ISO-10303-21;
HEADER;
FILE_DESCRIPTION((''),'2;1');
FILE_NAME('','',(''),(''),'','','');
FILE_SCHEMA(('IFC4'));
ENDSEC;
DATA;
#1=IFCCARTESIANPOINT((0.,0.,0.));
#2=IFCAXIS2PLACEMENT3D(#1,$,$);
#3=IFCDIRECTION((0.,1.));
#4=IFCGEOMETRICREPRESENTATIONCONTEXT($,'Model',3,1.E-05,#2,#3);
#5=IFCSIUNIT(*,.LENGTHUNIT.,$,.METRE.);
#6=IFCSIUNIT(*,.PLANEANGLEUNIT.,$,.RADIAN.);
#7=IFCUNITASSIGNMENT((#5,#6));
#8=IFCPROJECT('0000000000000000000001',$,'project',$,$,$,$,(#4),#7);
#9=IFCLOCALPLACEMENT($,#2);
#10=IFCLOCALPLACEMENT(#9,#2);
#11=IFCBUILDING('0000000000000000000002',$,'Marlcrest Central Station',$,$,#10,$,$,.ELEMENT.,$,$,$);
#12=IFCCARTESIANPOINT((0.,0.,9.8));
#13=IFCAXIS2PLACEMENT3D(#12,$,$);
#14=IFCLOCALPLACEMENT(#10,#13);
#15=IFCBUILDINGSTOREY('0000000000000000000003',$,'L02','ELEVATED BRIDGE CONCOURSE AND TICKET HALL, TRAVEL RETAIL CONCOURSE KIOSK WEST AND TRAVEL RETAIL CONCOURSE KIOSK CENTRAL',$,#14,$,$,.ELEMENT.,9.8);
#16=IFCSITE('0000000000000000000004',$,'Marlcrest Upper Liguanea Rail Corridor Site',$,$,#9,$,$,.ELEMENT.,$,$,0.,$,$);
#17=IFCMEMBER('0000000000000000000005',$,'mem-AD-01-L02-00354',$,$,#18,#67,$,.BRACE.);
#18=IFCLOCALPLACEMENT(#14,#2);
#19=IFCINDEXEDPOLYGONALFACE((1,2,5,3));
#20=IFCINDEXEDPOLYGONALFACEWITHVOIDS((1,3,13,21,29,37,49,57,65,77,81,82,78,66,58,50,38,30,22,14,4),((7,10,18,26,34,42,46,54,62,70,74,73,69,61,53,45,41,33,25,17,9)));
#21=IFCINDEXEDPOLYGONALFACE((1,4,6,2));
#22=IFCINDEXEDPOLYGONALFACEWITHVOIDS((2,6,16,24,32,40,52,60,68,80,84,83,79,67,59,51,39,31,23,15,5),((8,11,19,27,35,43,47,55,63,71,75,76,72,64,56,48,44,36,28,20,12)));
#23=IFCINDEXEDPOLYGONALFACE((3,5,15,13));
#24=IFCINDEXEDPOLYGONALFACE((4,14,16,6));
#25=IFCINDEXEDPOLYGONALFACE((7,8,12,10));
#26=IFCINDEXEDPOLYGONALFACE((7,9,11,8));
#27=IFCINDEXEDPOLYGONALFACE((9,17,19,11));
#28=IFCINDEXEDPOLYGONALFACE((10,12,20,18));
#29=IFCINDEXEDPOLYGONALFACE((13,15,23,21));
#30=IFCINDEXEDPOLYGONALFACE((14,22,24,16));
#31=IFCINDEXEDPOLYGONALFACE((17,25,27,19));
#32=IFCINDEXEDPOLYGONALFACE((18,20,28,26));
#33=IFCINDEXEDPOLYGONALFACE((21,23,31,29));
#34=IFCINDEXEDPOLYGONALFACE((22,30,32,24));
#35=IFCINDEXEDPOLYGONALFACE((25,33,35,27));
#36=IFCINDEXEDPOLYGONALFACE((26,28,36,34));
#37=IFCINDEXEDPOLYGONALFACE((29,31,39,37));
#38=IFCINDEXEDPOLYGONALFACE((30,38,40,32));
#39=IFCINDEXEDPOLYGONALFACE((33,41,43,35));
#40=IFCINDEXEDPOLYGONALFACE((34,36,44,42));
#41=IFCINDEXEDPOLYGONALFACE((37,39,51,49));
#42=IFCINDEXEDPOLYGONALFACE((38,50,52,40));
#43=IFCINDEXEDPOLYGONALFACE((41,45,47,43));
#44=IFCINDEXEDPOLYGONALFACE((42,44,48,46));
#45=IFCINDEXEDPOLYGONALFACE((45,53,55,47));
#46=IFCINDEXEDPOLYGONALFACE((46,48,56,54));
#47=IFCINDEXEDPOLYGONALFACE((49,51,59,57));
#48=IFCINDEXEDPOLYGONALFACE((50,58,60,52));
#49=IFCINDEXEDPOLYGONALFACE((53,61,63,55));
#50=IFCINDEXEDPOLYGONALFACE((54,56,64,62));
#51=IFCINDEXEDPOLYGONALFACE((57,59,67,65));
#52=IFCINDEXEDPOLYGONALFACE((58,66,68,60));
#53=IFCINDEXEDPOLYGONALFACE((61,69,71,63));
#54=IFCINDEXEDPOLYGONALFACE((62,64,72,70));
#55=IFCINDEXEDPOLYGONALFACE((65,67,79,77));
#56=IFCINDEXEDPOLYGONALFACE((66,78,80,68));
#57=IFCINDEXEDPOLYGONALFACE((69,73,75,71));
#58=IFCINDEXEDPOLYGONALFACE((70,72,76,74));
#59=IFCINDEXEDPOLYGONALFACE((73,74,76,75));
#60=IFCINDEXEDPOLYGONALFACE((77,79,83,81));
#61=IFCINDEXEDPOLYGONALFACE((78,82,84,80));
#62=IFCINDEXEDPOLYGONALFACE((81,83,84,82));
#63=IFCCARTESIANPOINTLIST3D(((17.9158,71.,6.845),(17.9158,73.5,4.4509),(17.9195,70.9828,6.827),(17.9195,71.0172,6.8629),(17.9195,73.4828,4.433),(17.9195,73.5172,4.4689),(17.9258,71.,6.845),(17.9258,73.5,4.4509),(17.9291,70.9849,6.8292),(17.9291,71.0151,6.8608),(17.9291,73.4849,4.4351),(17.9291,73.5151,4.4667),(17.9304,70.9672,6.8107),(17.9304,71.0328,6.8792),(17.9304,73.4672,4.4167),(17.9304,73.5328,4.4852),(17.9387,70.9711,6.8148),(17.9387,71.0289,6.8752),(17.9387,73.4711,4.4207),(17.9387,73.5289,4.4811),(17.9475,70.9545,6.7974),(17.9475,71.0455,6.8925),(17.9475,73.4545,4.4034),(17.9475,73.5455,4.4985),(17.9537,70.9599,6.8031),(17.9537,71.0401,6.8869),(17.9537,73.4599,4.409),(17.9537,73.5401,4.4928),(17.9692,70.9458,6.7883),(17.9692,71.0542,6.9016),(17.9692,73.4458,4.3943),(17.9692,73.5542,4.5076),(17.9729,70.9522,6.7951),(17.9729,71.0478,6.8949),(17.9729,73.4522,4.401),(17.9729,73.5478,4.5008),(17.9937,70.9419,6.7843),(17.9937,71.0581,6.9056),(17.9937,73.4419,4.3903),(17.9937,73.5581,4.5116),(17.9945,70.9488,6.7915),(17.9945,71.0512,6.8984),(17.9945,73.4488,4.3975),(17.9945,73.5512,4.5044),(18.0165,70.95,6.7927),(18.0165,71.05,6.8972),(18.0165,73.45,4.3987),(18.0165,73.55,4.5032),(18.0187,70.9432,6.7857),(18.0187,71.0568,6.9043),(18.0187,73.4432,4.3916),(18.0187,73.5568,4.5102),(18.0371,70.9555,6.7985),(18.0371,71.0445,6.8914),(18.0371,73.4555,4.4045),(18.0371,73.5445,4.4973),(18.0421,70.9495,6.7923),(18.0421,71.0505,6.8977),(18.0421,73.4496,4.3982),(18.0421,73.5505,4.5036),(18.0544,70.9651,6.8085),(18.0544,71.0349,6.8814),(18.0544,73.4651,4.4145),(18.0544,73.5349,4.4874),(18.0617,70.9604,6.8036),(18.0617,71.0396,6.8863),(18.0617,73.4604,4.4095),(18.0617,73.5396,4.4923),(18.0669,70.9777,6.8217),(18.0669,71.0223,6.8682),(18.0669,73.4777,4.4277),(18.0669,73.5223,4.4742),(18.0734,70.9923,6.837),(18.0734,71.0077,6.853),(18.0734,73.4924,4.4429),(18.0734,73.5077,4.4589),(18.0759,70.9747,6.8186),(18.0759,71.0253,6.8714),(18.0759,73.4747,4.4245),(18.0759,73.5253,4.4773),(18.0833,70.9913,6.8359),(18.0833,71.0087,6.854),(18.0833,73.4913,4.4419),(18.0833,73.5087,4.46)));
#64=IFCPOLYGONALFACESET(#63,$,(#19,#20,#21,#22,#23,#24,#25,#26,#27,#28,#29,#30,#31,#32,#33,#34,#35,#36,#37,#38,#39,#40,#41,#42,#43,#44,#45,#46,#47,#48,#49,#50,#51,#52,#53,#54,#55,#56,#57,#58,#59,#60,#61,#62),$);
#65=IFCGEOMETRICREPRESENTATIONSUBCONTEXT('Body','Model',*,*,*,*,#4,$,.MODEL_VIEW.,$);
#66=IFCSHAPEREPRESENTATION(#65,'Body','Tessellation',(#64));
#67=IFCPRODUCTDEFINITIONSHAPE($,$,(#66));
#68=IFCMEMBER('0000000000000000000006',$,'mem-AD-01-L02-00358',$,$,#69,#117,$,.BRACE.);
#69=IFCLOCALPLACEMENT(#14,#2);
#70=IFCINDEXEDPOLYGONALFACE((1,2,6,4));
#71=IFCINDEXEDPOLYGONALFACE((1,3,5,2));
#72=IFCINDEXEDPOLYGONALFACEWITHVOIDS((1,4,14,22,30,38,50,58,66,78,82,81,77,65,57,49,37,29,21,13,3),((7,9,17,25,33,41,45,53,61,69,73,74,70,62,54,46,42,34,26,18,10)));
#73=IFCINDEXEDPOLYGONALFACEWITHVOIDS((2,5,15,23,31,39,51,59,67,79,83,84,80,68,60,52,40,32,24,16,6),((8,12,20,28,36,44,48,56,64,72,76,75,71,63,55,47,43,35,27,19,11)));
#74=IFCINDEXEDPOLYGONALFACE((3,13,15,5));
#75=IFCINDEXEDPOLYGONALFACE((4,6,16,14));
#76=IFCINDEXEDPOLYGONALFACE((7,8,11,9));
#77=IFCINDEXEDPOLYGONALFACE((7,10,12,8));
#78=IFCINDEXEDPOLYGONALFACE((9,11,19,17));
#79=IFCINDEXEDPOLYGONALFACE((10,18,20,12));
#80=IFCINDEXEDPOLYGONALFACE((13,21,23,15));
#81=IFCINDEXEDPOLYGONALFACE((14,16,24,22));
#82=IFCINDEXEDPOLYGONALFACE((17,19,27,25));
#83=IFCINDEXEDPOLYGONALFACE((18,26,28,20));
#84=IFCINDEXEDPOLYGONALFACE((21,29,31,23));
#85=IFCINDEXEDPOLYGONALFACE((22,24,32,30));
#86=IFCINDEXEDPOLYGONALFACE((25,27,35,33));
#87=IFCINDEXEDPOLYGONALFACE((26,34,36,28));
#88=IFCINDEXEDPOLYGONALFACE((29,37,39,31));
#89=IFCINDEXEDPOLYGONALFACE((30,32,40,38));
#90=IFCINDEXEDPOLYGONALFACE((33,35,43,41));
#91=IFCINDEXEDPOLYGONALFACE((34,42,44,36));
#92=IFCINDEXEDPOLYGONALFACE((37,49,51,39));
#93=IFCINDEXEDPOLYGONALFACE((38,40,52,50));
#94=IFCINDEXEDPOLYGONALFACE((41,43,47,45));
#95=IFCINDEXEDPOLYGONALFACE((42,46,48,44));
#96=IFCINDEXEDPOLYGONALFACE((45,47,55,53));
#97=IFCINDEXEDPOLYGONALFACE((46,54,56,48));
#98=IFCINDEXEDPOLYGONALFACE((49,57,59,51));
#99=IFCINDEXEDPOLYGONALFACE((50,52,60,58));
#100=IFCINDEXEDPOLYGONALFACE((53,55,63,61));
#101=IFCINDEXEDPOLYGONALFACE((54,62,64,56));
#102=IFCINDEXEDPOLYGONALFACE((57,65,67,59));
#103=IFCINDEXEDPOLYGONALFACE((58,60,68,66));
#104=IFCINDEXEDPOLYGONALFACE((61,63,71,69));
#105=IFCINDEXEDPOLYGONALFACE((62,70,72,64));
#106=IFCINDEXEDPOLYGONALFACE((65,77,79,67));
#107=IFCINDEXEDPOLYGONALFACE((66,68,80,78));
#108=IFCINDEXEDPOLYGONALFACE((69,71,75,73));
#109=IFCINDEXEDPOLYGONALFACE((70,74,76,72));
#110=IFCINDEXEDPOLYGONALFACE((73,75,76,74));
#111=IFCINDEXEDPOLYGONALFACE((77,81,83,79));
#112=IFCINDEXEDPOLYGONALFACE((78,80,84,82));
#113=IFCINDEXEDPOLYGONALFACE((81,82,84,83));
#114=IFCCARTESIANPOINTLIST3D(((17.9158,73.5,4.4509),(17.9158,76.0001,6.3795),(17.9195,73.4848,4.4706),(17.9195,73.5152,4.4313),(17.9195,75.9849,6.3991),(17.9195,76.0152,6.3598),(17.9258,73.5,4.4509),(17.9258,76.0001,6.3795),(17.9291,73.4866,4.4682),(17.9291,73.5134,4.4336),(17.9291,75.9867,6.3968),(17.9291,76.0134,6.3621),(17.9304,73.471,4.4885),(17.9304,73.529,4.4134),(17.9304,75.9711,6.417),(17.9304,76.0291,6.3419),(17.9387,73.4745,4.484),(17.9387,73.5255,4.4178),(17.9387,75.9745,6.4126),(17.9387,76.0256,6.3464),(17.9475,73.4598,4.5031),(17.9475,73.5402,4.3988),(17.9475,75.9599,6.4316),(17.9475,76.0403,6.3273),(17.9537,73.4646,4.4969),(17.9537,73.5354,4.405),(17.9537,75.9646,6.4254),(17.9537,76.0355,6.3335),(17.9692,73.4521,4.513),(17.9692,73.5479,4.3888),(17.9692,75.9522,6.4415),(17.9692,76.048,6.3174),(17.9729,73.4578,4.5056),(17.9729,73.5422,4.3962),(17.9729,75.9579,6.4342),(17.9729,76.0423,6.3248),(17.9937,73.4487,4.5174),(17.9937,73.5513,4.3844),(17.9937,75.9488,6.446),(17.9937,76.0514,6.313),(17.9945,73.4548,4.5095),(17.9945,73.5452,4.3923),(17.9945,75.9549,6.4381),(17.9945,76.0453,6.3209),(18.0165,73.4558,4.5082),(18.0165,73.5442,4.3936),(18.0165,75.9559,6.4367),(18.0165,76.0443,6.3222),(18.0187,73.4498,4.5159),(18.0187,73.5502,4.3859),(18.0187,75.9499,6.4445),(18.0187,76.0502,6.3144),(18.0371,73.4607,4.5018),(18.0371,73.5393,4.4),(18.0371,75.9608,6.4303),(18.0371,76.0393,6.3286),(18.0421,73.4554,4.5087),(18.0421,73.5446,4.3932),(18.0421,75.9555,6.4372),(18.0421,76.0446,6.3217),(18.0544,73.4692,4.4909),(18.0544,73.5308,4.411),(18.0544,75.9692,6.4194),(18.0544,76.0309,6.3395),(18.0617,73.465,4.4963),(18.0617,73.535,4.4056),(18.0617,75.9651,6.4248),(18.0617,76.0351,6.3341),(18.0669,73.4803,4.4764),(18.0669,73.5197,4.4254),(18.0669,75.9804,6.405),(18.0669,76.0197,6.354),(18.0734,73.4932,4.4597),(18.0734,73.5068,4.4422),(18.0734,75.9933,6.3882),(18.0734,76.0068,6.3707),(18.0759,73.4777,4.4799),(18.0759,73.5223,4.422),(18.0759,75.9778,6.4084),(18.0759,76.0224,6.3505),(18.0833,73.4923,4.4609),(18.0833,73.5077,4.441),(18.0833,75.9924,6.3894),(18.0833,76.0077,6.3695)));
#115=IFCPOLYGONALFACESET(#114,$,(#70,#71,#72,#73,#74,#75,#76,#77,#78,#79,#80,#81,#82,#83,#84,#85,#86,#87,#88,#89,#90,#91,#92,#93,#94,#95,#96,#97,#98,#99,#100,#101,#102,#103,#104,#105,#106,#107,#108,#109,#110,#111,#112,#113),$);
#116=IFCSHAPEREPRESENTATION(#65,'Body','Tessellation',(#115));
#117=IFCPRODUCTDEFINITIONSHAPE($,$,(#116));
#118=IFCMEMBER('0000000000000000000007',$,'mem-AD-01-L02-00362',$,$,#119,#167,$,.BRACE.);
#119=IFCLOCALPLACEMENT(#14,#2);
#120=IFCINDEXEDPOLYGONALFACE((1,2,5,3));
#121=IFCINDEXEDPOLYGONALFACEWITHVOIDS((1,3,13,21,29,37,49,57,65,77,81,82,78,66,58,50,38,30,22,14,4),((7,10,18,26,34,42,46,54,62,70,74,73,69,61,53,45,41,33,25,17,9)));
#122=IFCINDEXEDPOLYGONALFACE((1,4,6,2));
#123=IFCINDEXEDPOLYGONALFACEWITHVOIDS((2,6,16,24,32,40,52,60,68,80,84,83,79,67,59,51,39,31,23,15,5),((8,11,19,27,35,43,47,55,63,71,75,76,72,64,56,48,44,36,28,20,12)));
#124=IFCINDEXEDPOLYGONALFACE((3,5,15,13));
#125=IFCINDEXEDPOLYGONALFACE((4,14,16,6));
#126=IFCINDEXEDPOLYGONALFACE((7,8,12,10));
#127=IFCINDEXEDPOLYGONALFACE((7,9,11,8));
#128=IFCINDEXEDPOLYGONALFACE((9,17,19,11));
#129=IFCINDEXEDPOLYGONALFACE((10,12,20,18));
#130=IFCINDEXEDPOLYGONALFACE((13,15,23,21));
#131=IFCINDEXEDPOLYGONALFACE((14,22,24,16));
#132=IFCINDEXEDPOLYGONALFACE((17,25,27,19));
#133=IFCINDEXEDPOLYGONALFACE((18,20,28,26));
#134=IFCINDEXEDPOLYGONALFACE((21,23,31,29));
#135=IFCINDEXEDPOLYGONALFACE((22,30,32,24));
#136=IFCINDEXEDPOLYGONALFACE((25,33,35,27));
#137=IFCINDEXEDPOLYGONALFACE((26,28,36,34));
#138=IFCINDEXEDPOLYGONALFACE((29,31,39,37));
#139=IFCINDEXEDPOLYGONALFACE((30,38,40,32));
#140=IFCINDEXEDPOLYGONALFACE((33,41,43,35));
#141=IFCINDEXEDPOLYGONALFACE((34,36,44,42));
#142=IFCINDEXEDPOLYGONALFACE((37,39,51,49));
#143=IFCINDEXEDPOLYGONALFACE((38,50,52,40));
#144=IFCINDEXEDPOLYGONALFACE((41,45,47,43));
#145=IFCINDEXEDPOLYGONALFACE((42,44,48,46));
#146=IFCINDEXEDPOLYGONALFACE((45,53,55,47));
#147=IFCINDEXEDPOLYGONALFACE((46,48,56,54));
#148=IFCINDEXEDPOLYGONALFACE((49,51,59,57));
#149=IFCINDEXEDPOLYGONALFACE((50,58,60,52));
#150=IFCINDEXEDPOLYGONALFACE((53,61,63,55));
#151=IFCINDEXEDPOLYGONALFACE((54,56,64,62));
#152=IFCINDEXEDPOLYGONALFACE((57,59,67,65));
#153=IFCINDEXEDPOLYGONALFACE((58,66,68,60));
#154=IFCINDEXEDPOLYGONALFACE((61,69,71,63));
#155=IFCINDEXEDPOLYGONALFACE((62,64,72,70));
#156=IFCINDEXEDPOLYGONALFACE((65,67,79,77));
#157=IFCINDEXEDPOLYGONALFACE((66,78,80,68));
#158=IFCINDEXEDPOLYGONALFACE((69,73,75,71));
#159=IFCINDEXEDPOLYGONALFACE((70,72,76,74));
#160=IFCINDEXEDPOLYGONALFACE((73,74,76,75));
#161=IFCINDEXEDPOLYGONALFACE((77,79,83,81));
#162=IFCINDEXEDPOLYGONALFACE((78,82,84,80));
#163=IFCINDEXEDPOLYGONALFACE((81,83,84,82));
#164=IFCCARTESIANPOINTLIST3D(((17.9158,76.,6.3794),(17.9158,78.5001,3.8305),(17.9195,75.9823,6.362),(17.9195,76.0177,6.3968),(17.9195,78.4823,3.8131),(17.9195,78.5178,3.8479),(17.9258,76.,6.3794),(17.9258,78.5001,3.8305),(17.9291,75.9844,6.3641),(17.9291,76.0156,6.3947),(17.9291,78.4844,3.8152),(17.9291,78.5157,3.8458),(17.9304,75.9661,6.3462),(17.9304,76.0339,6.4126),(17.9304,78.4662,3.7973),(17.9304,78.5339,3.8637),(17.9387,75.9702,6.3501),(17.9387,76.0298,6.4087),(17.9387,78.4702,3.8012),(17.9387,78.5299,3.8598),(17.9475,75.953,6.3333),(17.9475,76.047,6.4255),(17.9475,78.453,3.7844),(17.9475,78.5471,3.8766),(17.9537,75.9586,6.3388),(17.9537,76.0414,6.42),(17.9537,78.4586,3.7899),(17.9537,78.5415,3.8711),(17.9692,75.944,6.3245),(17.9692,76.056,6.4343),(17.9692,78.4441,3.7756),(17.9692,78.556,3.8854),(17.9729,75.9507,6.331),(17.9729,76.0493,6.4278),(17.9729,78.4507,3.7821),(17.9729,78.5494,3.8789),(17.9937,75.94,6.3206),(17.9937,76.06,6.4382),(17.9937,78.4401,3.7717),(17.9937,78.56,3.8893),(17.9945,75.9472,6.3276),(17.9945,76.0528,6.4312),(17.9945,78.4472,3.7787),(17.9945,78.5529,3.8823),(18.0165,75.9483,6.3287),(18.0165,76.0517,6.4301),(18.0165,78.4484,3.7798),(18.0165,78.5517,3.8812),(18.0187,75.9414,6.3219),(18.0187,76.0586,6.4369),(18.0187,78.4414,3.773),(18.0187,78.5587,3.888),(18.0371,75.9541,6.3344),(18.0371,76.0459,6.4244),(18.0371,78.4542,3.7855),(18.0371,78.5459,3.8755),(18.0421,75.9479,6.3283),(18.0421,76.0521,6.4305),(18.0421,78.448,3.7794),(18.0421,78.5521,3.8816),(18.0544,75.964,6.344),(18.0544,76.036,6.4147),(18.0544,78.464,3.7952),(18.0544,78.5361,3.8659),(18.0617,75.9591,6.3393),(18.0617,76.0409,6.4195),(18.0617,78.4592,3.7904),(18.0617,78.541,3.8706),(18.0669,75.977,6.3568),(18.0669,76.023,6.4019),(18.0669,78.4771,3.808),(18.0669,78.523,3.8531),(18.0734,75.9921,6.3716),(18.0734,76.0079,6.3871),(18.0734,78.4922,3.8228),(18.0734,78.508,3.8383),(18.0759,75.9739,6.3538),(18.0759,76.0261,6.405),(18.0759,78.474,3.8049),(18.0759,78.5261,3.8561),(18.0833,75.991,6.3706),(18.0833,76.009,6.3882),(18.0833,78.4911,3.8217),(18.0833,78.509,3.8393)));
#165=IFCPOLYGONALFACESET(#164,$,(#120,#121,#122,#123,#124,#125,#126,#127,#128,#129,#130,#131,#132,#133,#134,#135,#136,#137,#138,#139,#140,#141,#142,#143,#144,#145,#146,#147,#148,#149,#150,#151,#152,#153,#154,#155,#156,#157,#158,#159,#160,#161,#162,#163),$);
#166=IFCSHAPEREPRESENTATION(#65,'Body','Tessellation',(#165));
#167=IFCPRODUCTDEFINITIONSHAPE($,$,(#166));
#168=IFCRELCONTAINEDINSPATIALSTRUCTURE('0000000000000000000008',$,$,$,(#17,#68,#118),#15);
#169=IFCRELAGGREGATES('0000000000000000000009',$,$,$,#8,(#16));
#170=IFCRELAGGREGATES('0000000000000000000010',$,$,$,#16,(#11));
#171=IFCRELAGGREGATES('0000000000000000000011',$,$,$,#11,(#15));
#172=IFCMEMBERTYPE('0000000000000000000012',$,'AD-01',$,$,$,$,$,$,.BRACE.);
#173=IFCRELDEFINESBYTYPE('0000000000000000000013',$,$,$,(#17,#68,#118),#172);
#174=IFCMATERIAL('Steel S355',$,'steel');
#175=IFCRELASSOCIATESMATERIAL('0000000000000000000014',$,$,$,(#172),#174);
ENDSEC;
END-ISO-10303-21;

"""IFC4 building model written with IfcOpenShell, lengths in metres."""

from ifc_helpers import new_model, si_unit, direction, frame, origin, origin_2d, place, context, subcontext, project, spatial, hollow_circle, extrude, material, material_profile, profile_set, type_object, element, save


model = new_model("IFC4")

# Units and contexts
model_context = context("Model", 3, precision=1e-05, world=origin(), true_north=direction((0.0, 1.0)))
body_context = subcontext(model_context, "Body", "Model", "MODEL_VIEW")
ifc_project = project(units=[si_unit("LENGTHUNIT", "METRE"), si_unit("PLANEANGLEUNIT", "RADIAN")], contexts=[model_context])

# Site, building, storey
site_placement = place(None, origin())
site = spatial("IfcSite", under=ifc_project, at=site_placement, Name="Marlcrest Upper Liguanea Rail Corridor Site", CompositionType="ELEMENT", RefElevation=0.0)
building_placement = place(site_placement, origin())
building = spatial("IfcBuilding", under=site, at=building_placement, Name="Marlcrest Central Station", CompositionType="ELEMENT")
storey_placement = place(building_placement, frame((0.0, 0.0, 9.8)))
storey = spatial("IfcBuildingStorey", under=building, at=storey_placement, Name="L02", Description="ELEVATED BRIDGE CONCOURSE AND TICKET HALL, TRAVEL RETAIL CONCOURSE KIOSK WEST AND TRAVEL RETAIL CONCOURSE KIOSK CENTRAL", CompositionType="ELEMENT", Elevation=9.8)

# Members
ifc_material = material(Name="Steel S355", Category="steel")
ifc_material_profile_1 = material_profile(ifc_material, hollow_circle(Radius=0.0842, WallThickness=0.01, at=origin_2d()), Name="CHS 168.3x10")
ifc_profile_set_1 = profile_set([ifc_material_profile_1], Name="Steel S355")
member_type_1 = type_object("IfcMemberType", Name="AD-01", PredefinedType="BRACE", material=ifc_profile_set_1)
member_1_placement = place(storey_placement, frame((18.0, 71.0, 6.845), z_axis=(0.0, 0.722247, -0.691636), x_axis=(-1.0, 0.0, 0.0)))
element("IfcMember", 1, at=member_1_placement, inside=storey, type_object=member_type_1, Name="mem-AD-01-L02-00354", PredefinedType="BRACE", context=body_context, shape_type="SweptSolid", body=[
    extrude(hollow_circle(Radius=0.0842, WallThickness=0.01, at=origin_2d()), origin(), (0.0, 0.0, 1.0), 3.4614),
])
member_2_placement = place(storey_placement, frame((18.0, 73.5, 4.4509), z_axis=(0.0, 0.791798, 0.610783), x_axis=(-1.0, 0.0, 0.0)))
element("IfcMember", 2, at=member_2_placement, inside=storey, type_object=member_type_1, Name="mem-AD-01-L02-00358", PredefinedType="BRACE", context=body_context, shape_type="SweptSolid", body=[
    extrude(hollow_circle(Radius=0.0842, WallThickness=0.01, at=origin_2d()), origin(), (0.0, 0.0, 1.0), 3.1575),
])
member_3_placement = place(storey_placement, frame((18.0, 76.0, 6.3794), z_axis=(0.0, 0.700235, -0.713912), x_axis=(-1.0, 0.0, 0.0)))
element("IfcMember", 3, at=member_3_placement, inside=storey, type_object=member_type_1, Name="mem-AD-01-L02-00362", PredefinedType="BRACE", context=body_context, shape_type="SweptSolid", body=[
    extrude(hollow_circle(Radius=0.0842, WallThickness=0.01, at=origin_2d()), origin(), (0.0, 0.0, 1.0), 3.5703),
])

save(model, "model.ifc")
